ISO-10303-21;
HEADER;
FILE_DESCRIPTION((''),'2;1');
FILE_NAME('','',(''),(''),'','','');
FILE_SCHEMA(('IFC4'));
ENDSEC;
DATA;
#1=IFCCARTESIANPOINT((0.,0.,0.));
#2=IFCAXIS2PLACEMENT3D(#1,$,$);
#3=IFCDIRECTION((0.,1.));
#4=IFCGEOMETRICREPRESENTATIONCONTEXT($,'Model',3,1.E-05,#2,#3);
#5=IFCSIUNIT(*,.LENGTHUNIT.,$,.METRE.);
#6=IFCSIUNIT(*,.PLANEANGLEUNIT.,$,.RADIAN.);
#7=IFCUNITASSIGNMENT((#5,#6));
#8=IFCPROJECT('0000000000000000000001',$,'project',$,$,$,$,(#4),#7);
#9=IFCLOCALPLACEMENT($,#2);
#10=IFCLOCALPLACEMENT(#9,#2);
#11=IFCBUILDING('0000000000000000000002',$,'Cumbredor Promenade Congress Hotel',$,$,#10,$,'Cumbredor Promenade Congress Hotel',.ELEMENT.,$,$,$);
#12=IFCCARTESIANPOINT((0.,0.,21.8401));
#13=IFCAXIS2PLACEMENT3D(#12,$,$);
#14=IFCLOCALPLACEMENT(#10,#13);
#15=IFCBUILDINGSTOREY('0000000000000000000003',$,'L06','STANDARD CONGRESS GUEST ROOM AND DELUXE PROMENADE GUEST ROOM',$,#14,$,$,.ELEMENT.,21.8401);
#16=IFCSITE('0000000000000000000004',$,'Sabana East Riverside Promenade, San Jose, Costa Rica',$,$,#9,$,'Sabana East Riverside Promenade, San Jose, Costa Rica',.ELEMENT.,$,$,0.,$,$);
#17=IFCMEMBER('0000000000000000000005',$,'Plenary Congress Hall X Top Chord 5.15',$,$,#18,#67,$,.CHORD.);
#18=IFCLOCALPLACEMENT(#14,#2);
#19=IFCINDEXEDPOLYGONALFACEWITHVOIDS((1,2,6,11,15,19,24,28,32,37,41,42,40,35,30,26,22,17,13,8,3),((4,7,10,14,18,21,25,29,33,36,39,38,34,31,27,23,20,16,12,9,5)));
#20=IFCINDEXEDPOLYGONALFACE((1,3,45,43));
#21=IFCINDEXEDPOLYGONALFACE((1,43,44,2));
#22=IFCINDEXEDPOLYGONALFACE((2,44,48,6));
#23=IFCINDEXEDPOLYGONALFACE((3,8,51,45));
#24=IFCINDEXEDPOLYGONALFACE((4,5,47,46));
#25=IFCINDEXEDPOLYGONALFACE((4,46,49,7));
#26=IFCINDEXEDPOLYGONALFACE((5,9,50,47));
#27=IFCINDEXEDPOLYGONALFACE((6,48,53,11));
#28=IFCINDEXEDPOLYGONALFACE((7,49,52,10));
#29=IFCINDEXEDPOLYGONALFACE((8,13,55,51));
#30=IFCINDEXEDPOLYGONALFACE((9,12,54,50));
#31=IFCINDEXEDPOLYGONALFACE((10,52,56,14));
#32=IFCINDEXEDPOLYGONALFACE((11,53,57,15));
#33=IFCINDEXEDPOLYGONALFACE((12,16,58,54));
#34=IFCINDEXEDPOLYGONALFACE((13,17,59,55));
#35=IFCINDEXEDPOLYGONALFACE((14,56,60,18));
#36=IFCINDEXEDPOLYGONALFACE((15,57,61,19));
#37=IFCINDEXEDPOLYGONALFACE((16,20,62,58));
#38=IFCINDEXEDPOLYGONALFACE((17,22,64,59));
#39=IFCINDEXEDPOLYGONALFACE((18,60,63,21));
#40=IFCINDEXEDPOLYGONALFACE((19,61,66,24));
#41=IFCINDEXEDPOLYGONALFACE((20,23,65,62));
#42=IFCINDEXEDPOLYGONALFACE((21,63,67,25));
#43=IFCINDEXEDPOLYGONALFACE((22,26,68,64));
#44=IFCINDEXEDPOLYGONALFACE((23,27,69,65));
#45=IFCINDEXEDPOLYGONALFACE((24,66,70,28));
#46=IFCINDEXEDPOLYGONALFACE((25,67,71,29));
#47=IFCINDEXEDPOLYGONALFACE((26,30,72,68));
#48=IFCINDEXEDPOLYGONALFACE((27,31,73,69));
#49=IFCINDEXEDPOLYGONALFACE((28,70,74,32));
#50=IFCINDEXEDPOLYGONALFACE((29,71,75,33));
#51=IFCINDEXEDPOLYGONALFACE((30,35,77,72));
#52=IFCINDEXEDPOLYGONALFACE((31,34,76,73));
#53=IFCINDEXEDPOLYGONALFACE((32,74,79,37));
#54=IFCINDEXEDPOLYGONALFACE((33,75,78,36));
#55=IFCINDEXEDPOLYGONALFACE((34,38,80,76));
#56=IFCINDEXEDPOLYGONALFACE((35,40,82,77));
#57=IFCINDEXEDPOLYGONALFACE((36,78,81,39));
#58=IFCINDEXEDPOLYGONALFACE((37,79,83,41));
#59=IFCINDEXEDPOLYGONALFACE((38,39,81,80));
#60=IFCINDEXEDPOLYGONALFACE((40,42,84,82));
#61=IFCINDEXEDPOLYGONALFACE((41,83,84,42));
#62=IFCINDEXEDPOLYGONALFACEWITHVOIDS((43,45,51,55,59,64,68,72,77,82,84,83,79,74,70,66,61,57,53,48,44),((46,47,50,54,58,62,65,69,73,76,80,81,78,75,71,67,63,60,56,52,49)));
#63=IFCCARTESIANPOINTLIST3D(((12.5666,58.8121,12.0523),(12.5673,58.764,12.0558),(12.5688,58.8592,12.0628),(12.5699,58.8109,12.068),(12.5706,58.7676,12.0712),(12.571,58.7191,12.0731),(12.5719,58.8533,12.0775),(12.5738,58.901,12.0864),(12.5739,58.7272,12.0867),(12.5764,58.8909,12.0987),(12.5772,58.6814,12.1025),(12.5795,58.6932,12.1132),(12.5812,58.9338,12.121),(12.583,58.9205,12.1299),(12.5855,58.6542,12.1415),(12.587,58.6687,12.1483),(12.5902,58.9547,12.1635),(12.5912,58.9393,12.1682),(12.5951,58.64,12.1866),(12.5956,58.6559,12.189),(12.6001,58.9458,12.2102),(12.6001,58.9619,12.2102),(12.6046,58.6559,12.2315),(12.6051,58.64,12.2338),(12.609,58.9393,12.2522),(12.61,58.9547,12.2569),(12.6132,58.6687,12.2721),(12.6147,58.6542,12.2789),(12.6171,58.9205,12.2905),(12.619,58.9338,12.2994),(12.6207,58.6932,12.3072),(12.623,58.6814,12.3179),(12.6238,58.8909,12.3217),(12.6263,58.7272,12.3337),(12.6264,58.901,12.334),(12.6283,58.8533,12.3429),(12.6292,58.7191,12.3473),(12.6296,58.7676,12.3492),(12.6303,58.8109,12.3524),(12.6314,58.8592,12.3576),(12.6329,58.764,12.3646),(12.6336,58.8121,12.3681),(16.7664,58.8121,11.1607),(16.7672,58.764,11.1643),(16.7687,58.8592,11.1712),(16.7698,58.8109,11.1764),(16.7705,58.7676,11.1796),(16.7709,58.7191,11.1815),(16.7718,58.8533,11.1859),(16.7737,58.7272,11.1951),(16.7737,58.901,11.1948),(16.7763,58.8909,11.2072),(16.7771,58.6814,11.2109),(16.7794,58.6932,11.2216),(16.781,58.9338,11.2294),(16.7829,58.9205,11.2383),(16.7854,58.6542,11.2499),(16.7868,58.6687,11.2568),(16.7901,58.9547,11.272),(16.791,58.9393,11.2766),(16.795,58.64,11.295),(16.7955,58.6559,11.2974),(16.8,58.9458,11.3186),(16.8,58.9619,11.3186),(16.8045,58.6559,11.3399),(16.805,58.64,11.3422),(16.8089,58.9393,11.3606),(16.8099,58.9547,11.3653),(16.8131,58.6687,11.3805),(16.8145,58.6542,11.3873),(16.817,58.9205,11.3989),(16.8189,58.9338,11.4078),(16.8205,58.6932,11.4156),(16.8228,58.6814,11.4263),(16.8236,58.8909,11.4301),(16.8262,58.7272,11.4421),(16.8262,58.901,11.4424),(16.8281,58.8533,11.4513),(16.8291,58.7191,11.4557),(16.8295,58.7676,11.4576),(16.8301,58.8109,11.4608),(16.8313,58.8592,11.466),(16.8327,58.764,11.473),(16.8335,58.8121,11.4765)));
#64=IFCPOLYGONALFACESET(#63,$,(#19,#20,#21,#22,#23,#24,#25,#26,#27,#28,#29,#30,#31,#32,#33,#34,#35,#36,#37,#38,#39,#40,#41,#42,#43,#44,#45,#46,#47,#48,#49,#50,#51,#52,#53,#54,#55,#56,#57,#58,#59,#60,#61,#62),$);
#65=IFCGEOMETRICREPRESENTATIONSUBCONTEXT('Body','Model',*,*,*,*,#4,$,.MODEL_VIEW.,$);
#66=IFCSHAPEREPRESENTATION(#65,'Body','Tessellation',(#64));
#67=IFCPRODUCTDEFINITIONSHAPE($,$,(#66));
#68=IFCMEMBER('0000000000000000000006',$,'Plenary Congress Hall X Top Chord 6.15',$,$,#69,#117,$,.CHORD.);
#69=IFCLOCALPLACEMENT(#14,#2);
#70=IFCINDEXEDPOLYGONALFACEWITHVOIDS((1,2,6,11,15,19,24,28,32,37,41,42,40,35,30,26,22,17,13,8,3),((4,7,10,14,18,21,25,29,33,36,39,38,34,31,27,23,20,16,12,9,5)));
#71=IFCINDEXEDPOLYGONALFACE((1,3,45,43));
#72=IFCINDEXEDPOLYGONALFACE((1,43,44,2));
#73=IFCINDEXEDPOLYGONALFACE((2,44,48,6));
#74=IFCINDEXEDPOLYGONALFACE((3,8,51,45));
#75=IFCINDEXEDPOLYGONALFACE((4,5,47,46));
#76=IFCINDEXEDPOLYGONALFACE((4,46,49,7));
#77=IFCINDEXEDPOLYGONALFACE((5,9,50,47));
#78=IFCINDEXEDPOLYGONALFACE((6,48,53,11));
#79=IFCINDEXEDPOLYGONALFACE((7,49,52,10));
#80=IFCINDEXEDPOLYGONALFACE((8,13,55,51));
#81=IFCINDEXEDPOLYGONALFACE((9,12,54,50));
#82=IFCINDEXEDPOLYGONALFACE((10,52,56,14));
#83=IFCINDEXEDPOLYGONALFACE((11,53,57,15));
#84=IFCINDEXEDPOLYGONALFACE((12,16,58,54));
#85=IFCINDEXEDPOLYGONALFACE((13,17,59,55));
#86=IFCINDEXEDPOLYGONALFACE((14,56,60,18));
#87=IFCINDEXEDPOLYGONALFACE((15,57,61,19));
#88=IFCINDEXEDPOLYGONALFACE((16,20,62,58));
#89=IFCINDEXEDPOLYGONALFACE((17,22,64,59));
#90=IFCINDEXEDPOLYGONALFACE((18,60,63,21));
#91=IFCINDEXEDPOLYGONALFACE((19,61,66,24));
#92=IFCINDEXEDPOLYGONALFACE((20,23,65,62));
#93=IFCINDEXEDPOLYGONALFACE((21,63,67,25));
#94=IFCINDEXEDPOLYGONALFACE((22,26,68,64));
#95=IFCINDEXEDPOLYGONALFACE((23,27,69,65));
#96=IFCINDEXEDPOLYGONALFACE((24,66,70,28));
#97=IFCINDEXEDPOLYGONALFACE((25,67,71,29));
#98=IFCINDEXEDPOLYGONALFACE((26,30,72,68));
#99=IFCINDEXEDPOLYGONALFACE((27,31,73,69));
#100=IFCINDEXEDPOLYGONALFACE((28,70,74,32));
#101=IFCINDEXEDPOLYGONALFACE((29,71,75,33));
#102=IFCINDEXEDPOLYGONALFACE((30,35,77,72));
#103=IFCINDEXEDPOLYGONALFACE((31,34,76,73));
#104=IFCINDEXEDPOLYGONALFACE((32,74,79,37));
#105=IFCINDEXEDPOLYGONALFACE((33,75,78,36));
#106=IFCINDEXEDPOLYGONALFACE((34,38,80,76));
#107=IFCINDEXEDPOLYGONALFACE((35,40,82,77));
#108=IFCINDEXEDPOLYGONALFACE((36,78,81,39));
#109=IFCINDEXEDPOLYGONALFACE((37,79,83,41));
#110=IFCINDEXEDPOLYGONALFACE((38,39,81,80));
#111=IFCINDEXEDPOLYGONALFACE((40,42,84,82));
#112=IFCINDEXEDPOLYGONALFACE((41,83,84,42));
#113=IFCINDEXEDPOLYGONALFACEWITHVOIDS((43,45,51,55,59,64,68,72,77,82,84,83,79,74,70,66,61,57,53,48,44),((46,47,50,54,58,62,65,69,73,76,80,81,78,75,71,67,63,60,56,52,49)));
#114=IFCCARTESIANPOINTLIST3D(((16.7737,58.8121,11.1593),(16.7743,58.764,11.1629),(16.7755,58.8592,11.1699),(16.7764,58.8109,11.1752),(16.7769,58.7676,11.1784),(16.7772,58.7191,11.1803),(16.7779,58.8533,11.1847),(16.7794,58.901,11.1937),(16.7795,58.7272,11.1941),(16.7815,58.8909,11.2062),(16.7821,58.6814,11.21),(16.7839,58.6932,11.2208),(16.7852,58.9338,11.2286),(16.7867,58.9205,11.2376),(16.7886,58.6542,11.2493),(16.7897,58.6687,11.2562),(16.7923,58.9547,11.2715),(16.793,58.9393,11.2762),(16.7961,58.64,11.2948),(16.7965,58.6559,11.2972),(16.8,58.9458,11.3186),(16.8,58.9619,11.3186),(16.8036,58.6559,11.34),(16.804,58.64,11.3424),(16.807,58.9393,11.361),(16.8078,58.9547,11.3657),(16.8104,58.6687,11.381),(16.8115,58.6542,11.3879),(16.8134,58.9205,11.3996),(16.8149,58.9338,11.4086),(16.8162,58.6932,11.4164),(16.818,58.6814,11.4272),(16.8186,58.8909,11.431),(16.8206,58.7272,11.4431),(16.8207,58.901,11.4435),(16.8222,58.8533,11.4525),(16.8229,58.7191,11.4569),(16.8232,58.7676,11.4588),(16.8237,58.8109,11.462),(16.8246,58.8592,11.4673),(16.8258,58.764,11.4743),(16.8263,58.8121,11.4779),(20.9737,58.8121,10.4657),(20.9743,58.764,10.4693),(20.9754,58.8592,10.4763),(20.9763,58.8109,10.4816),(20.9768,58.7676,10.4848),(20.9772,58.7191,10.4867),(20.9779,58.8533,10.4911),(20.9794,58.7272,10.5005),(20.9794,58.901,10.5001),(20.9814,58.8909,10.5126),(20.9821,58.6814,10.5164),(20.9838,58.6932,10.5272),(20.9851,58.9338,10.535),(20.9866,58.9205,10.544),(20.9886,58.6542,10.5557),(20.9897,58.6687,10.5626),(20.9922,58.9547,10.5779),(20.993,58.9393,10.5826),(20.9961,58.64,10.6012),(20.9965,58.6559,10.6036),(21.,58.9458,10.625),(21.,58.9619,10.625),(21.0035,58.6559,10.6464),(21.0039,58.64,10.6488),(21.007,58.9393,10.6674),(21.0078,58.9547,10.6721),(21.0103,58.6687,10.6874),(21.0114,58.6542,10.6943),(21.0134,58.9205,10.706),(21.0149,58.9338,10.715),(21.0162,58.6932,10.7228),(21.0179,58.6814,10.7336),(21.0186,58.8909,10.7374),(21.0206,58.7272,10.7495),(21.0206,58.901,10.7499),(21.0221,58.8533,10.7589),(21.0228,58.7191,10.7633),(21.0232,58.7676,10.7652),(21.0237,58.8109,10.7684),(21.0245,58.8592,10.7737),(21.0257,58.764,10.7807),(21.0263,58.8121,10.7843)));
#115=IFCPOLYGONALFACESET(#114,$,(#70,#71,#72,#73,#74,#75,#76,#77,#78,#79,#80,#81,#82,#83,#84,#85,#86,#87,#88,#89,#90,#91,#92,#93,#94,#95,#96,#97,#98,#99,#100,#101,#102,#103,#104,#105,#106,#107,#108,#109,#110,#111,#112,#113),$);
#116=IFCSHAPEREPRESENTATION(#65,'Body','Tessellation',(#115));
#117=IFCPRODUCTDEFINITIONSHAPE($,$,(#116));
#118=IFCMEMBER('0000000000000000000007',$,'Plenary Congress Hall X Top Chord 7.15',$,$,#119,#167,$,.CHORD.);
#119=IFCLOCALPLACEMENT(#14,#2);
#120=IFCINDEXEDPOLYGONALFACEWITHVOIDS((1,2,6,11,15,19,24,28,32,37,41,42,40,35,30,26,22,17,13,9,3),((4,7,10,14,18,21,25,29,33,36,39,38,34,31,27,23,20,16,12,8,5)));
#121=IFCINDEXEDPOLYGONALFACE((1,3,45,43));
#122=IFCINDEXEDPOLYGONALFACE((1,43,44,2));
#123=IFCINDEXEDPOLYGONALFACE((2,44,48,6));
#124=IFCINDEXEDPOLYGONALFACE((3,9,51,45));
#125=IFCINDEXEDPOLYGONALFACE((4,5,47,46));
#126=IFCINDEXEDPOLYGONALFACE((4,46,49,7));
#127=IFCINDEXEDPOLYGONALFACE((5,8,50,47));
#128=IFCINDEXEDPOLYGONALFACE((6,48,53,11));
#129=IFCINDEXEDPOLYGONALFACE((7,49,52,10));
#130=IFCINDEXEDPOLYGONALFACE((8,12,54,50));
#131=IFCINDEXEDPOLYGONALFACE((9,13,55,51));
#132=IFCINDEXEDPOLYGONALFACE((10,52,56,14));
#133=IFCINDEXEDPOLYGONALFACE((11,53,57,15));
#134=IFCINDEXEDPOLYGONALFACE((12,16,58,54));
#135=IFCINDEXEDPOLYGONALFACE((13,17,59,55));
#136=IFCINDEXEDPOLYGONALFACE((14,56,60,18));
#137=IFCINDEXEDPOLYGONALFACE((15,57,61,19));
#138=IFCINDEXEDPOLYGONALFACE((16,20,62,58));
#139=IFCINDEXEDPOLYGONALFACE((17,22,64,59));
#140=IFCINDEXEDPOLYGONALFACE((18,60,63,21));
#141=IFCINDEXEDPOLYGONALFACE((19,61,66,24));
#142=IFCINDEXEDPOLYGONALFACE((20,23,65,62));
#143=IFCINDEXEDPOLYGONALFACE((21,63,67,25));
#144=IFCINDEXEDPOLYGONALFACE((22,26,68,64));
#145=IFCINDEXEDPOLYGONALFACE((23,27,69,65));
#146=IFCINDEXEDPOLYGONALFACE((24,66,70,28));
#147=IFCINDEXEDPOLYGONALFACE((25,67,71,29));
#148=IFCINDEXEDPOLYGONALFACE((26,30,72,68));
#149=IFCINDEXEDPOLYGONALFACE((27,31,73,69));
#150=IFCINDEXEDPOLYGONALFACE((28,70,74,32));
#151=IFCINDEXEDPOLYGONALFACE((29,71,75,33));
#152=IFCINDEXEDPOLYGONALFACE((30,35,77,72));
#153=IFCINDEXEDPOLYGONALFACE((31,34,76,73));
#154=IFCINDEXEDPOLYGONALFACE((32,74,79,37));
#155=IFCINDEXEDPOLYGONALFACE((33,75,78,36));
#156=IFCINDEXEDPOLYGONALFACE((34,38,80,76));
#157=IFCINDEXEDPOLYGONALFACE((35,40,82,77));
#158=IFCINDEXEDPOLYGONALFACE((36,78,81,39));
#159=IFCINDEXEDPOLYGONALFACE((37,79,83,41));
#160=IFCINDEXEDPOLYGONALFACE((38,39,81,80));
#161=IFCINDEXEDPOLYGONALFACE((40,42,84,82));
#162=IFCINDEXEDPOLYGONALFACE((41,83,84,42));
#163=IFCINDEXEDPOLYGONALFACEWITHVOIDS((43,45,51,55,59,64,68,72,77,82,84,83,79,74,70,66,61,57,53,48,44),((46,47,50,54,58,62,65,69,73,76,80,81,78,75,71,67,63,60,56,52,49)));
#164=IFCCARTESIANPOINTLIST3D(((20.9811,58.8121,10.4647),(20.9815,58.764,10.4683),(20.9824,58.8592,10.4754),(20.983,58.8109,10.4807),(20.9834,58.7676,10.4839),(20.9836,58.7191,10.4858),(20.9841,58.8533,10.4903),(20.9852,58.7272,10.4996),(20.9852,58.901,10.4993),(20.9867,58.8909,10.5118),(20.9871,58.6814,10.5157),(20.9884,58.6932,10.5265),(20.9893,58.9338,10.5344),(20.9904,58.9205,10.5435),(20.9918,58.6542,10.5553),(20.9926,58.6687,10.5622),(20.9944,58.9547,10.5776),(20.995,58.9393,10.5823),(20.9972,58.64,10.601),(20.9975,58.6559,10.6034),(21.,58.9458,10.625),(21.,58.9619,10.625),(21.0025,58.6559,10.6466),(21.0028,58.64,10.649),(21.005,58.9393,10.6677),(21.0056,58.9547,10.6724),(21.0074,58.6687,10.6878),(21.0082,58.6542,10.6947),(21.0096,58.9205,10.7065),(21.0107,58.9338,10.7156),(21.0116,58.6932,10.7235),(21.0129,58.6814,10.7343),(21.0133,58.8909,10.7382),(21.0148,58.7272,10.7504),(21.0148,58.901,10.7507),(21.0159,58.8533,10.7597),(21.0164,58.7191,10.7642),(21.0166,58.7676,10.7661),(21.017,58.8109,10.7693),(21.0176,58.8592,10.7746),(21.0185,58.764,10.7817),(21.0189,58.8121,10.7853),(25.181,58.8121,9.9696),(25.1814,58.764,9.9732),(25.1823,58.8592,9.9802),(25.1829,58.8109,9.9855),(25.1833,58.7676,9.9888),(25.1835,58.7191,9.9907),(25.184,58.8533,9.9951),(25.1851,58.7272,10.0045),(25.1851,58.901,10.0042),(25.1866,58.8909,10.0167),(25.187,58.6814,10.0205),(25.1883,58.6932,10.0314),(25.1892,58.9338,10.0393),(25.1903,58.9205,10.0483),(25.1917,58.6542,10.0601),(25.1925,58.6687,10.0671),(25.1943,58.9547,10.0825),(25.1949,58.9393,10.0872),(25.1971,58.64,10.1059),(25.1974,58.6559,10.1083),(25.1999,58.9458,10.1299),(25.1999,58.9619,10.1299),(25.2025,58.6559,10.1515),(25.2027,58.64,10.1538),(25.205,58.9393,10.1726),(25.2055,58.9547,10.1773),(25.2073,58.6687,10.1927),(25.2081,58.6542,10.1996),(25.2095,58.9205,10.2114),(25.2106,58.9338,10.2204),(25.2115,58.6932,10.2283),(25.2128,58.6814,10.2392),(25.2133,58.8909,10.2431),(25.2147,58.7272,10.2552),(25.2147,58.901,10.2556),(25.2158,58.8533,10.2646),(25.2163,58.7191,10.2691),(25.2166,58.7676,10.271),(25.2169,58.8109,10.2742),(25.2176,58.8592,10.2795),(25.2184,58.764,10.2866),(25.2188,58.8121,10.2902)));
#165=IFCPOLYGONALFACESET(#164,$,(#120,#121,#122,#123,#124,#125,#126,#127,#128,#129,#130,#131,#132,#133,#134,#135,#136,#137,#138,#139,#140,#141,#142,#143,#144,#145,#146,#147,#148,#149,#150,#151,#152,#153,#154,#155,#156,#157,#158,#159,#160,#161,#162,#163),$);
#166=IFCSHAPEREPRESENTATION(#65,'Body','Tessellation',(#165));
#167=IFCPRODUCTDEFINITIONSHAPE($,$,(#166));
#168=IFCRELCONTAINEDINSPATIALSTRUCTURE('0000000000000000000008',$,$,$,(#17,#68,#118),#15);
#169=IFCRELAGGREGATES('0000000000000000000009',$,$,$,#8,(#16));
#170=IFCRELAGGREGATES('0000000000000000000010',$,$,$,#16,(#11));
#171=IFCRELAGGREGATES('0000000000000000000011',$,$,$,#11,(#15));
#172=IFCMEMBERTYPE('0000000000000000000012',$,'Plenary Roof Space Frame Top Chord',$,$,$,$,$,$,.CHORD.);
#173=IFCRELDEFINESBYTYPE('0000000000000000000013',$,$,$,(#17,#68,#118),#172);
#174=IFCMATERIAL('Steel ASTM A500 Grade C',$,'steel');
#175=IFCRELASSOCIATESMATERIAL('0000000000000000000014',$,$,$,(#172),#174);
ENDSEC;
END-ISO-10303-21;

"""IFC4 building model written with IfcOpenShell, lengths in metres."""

from ifc_helpers import new_model, si_unit, direction, frame, origin, origin_2d, place, context, subcontext, project, spatial, hollow_circle, extrude, material, material_profile, profile_set, type_object, element, save


model = new_model("IFC4")

# Units and contexts
model_context = context("Model", 3, precision=1e-05, world=origin(), true_north=direction((0.0, 1.0)))
body_context = subcontext(model_context, "Body", "Model", "MODEL_VIEW")
ifc_project = project(units=[si_unit("LENGTHUNIT", "METRE"), si_unit("PLANEANGLEUNIT", "RADIAN")], contexts=[model_context])

# Site, building, storey
site_placement = place(None, origin())
site = spatial("IfcSite", under=ifc_project, at=site_placement, Name="Sabana East Riverside Promenade, San Jose, Costa Rica", LongName="Sabana East Riverside Promenade, San Jose, Costa Rica", CompositionType="ELEMENT", RefElevation=0.0)
building_placement = place(site_placement, origin())
building = spatial("IfcBuilding", under=site, at=building_placement, Name="Cumbredor Promenade Congress Hotel", LongName="Cumbredor Promenade Congress Hotel", CompositionType="ELEMENT")
storey_placement = place(building_placement, frame((0.0, 0.0, 21.8401)))
storey = spatial("IfcBuildingStorey", under=building, at=storey_placement, Name="L06", Description="STANDARD CONGRESS GUEST ROOM AND DELUXE PROMENADE GUEST ROOM", CompositionType="ELEMENT", Elevation=21.8401)

# Members
ifc_material_1 = material(Name="Steel ASTM A500 Grade C", Category="steel")
ifc_material_profile_1 = material_profile(ifc_material_1, hollow_circle(Radius=0.1619, WallThickness=0.0161, at=origin_2d()), Name="CHS 323.9x16")
ifc_profile_set_1 = profile_set([ifc_material_profile_1], Name="Steel ASTM A500 Grade C")
member_type_1 = type_object("IfcMemberType", Name="Plenary Roof Space Frame Top Chord", PredefinedType="CHORD", material=ifc_profile_set_1)
member_1_placement = place(storey_placement, frame((12.6001, 58.8, 12.2102), z_axis=(0.978201, 0.0, -0.207661), x_axis=(0.0, 1.0, 0.0)))
element("IfcMember", 1, at=member_1_placement, inside=storey, type_object=member_type_1, Name="Plenary Congress Hall X Top Chord 5.15", PredefinedType="CHORD", context=body_context, shape_type="SweptSolid", body=[
    extrude(hollow_circle(Radius=0.1619, WallThickness=0.0161, at=origin_2d()), origin(), (0.0, 0.0, 1.0), 4.2935),
])
member_2_placement = place(storey_placement, frame((16.8, 58.8, 11.3186), z_axis=(0.986636, 0.0, -0.162939), x_axis=(0.0, 1.0, 0.0)))
element("IfcMember", 2, at=member_2_placement, inside=storey, type_object=member_type_1, Name="Plenary Congress Hall X Top Chord 6.15", PredefinedType="CHORD", context=body_context, shape_type="SweptSolid", body=[
    extrude(hollow_circle(Radius=0.1619, WallThickness=0.0161, at=origin_2d()), origin(), (0.0, 0.0, 1.0), 4.2568),
])
member_3_placement = place(storey_placement, frame((21.0, 58.8, 10.625), z_axis=(0.993123, 0.0, -0.117076), x_axis=(0.0, 1.0, 0.0)))
element("IfcMember", 3, at=member_3_placement, inside=storey, type_object=member_type_1, Name="Plenary Congress Hall X Top Chord 7.15", PredefinedType="CHORD", context=body_context, shape_type="SweptSolid", body=[
    extrude(hollow_circle(Radius=0.1619, WallThickness=0.0161, at=origin_2d()), origin(), (0.0, 0.0, 1.0), 4.229),
])

save(model, "model.ifc")
